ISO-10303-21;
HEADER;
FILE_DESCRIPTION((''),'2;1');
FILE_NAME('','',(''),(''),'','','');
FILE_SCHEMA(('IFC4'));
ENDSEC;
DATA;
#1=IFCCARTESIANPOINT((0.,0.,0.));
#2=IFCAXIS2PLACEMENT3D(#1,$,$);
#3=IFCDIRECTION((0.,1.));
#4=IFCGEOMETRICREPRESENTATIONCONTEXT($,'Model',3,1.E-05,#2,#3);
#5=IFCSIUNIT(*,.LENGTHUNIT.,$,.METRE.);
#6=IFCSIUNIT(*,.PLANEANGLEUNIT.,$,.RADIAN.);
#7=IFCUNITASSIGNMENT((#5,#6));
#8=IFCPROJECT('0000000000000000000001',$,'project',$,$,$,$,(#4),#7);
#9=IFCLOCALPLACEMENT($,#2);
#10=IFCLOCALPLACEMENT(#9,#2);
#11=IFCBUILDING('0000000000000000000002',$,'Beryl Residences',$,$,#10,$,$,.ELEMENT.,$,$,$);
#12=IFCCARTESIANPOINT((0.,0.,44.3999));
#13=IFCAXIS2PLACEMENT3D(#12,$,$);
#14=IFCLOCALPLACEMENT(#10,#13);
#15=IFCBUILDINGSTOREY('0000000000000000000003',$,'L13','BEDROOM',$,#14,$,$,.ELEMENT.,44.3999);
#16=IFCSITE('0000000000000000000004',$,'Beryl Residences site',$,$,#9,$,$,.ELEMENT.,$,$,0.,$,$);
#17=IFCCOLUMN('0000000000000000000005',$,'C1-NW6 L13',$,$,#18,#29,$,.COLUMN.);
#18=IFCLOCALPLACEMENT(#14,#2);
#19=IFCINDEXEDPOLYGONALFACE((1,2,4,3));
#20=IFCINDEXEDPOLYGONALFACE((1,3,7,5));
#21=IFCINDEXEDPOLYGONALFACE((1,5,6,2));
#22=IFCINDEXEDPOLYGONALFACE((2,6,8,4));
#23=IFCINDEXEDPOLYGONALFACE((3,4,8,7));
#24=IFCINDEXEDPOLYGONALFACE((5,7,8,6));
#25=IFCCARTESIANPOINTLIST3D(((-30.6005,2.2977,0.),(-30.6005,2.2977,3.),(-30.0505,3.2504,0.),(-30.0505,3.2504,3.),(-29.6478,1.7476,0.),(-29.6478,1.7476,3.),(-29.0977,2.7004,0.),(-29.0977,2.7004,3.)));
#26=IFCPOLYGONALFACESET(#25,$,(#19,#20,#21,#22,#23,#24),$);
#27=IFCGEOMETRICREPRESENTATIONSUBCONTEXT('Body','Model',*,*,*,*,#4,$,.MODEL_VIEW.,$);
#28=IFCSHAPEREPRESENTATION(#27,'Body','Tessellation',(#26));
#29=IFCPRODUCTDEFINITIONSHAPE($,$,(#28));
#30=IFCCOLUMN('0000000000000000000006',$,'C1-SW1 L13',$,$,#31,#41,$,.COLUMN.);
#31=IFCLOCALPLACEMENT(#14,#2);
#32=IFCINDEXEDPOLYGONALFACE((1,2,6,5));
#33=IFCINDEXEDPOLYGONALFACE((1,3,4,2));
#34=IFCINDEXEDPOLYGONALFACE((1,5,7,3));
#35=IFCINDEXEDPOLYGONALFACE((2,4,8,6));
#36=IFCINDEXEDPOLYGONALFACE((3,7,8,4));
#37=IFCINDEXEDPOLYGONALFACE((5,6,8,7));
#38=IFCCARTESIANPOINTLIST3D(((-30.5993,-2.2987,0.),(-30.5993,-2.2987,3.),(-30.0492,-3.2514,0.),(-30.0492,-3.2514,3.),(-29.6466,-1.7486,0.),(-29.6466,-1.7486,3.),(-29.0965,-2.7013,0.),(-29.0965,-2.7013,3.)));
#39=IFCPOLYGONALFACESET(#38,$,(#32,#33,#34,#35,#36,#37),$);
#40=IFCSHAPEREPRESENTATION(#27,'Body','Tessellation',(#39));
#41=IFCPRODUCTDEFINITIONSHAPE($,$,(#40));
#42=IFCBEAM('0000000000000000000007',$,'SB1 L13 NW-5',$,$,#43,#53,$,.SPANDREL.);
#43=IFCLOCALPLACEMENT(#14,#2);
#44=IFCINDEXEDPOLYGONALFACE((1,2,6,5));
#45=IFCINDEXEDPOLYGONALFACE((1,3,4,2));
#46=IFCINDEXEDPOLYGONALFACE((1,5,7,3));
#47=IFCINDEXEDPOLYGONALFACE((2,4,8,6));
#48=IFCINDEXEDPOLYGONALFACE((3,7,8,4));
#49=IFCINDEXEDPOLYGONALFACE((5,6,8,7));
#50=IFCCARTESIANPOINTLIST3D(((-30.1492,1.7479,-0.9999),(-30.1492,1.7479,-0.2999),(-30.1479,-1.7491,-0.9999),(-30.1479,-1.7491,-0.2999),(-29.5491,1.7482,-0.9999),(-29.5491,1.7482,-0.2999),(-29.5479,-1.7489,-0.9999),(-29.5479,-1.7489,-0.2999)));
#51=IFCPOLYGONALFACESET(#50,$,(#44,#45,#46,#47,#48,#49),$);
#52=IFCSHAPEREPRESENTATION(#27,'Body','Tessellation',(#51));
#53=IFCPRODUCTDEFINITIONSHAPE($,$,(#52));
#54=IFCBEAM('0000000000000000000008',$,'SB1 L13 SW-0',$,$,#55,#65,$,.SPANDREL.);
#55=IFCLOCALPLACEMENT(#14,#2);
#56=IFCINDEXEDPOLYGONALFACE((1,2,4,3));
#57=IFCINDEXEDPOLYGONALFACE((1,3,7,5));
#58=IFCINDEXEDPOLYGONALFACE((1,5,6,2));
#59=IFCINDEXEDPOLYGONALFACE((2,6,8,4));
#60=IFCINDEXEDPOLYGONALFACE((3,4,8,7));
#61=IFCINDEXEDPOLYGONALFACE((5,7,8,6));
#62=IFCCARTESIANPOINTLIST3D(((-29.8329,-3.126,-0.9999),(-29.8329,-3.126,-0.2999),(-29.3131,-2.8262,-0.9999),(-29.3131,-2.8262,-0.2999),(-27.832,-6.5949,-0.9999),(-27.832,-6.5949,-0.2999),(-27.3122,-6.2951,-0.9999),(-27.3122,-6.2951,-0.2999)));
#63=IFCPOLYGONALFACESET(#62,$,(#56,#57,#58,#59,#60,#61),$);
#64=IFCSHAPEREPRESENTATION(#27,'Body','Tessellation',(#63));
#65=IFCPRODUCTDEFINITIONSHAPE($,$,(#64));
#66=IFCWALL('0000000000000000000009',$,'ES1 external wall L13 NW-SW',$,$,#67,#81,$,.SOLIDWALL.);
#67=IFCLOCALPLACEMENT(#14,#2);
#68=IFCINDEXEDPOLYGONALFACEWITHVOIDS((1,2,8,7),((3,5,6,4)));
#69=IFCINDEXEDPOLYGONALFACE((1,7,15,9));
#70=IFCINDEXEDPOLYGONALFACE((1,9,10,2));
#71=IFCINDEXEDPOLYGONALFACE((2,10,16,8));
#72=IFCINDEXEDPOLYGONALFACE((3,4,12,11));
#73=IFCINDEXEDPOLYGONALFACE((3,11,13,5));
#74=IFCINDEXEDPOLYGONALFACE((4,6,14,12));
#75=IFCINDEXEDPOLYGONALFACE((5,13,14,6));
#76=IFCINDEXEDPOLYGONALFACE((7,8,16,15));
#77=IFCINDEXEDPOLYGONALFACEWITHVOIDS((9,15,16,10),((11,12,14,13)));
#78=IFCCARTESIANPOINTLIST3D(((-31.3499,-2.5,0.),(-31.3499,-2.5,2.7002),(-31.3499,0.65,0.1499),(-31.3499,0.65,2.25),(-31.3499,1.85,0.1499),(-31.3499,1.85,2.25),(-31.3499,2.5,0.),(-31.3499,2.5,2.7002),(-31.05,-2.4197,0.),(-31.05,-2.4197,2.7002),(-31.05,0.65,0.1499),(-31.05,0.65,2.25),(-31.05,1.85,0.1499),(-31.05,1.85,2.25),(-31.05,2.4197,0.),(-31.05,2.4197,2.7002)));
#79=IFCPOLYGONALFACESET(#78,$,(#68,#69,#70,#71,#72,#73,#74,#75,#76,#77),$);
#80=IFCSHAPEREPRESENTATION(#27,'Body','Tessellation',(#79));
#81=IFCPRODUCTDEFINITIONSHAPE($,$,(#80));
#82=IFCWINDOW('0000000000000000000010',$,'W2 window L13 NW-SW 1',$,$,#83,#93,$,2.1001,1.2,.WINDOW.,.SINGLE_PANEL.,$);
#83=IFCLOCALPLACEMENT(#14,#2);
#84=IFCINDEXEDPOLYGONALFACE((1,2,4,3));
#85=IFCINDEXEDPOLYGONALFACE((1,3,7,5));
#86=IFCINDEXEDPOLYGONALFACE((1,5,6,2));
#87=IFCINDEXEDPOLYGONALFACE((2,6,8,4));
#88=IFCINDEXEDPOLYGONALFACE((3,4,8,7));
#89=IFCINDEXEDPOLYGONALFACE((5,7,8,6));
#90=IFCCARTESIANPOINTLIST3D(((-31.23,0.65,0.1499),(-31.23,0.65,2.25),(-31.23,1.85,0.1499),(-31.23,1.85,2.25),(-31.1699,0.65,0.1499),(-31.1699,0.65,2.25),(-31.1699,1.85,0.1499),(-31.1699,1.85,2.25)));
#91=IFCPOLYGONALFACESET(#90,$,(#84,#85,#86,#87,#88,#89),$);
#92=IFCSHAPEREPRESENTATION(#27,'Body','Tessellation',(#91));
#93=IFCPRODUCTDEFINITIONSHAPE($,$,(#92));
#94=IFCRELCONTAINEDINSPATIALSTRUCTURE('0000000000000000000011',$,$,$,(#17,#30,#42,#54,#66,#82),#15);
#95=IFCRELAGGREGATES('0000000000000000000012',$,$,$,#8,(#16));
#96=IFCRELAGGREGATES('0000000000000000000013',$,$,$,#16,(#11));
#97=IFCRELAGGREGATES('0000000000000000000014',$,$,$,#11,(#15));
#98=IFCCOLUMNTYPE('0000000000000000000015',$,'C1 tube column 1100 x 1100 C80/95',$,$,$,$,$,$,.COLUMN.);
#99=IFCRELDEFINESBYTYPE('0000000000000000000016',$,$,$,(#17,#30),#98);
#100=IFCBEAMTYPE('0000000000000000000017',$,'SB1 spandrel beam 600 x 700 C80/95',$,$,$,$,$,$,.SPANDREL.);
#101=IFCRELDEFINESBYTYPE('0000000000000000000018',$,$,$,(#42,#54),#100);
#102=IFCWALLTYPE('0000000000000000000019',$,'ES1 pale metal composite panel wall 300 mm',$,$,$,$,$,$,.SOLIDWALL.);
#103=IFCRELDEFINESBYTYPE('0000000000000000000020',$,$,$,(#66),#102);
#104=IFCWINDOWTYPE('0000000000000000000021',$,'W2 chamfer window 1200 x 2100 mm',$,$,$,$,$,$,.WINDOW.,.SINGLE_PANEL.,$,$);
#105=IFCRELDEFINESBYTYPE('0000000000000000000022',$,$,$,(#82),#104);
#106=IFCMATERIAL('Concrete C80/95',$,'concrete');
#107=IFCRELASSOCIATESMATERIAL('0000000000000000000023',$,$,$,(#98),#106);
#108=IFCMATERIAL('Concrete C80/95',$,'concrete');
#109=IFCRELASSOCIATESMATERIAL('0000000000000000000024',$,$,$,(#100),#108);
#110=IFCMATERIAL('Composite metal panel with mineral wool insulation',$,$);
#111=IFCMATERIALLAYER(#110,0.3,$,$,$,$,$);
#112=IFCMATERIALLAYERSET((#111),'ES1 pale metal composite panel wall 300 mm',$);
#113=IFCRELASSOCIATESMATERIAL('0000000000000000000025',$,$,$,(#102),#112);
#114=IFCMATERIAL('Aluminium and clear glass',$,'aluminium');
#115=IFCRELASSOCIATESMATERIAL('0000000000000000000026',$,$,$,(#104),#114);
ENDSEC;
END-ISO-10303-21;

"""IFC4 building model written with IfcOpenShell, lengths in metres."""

from ifc_helpers import new_model, si_unit, direction, frame, frame_2d, origin, origin_2d, place, context, subcontext, project, spatial, polyline, rectangle, outline, extrude, material, layer, layer_set, material_profile, profile_set, type_object, element, fill, save


model = new_model("IFC4")

# Units and contexts
model_context = context("Model", 3, precision=1e-05, world=origin(), true_north=direction((0.0, 1.0)))
body_context = subcontext(model_context, "Body", "Model", "MODEL_VIEW")
ifc_project = project(units=[si_unit("LENGTHUNIT", "METRE"), si_unit("PLANEANGLEUNIT", "RADIAN")], contexts=[model_context])

# Site, building, storey
site_placement = place(None, origin())
site = spatial("IfcSite", under=ifc_project, at=site_placement, Name="Beryl Residences site", CompositionType="ELEMENT", RefElevation=0.0)
building_placement = place(site_placement, origin())
building = spatial("IfcBuilding", under=site, at=building_placement, Name="Beryl Residences", CompositionType="ELEMENT")
storey_placement = place(building_placement, frame((0.0, 0.0, 44.3999)))
storey = spatial("IfcBuildingStorey", under=building, at=storey_placement, Name="L13", Description="BEDROOM", CompositionType="ELEMENT", Elevation=44.3999)

# Columns
ifc_material_1 = material(Name="Concrete C80/95", Category="concrete")
ifc_material_profile_1 = material_profile(ifc_material_1, rectangle(XDim=1.1001, YDim=1.1001, at=origin_2d()))
ifc_profile_set_1 = profile_set([ifc_material_profile_1], Name="Concrete C80/95")
column_type = type_object("IfcColumnType", Name="C1 tube column 1100 x 1100 C80/95", PredefinedType="COLUMN", material=ifc_profile_set_1)
for number, where, z_axis, x_axis, name in (
    (1, (-29.8491, 2.499, 0.0), (0.0, 0.0, 1.0), (-0.499985, -0.866034, 0.0), "C1-NW6 L13"),
    (2, (-29.8479, -2.5, 0.0), (0.0, 0.0, 1.0), (0.499985, -0.866034, 0.0), "C1-SW1 L13"),
):
    element("IfcColumn", number, at=place(storey_placement, frame(where, z_axis=z_axis, x_axis=x_axis)), inside=storey, type_object=column_type, Name=name, PredefinedType="COLUMN", context=body_context, shape_type="SweptSolid", body=[
        extrude(rectangle(XDim=1.1001, YDim=1.1001, at=origin_2d()), origin(), (0.0, 0.0, 1.0), 3.0),
    ])

# Beams
ifc_material_2 = material(Name="Concrete C80/95", Category="concrete")
ifc_material_profile_2 = material_profile(ifc_material_2, rectangle(XDim=0.6001, YDim=0.7, at=origin_2d()))
ifc_profile_set_2 = profile_set([ifc_material_profile_2], Name="Concrete C80/95")
beam_type = type_object("IfcBeamType", Name="SB1 spandrel beam 600 x 700 C80/95", PredefinedType="SPANDREL", material=ifc_profile_set_2)
beam_1_placement = place(storey_placement, frame((-29.8491, 1.748, -0.6499), z_axis=(0.000349, -1.0, 0.0), x_axis=(1.0, 0.000349, 0.0)))
element("IfcBeam", 3, at=beam_1_placement, inside=storey, type_object=beam_type, Name="SB1 L13 NW-5", PredefinedType="SPANDREL", context=body_context, shape_type="SweptSolid", body=[
    extrude(rectangle(XDim=0.6001, YDim=0.7, at=origin_2d()), origin(), (0.0, 0.0, 1.0), 3.4971),
])
beam_2_placement = place(storey_placement, frame((-29.573, -2.9761, -0.6499), z_axis=(0.499654, -0.866225, 0.0), x_axis=(0.866225, 0.499654, 0.0)))
element("IfcBeam", 4, at=beam_2_placement, inside=storey, type_object=beam_type, Name="SB1 L13 SW-0", PredefinedType="SPANDREL", context=body_context, shape_type="SweptSolid", body=[
    extrude(rectangle(XDim=0.6001, YDim=0.7, at=origin_2d()), origin(), (0.0, 0.0, 1.0), 4.0046),
])

# Wall, opening, window
ifc_material_3 = material(Name="Composite metal panel with mineral wool insulation")
ifc_layer_1 = layer(ifc_material_3, 0.3)
ifc_layer_set_1 = layer_set([ifc_layer_1], Name="ES1 pale metal composite panel wall 300 mm")
wall_type_1 = type_object("IfcWallType", Name="ES1 pale metal composite panel wall 300 mm", PredefinedType="SOLIDWALL", material=ifc_layer_set_1)
wall_1_placement = place(storey_placement, frame((-31.2, 2.5, 0.0), z_axis=(0.0, 0.0, 1.0), x_axis=(0.0, -1.0, 0.0)))
wall_1 = element("IfcWall", 5, at=wall_1_placement, inside=storey, type_object=wall_type_1, Name="ES1 external wall L13 NW-SW", PredefinedType="SOLIDWALL", context=body_context, shape_type="SweptSolid", body=[
    extrude(outline(polyline([(0.0, -0.1499), (5.0, -0.1499), (4.9197, 0.1499), (0.0803, 0.1499), (0.0, -0.1499)])), origin(), (0.0, 0.0, 1.0), 2.7002),
])
opening_1_placement = place(wall_1_placement, frame((0.6499, 0.0, 0.1499)))
opening_1 = element("IfcOpeningElement", 6, at=opening_1_placement, cuts=wall_1, PredefinedType="OPENING", context=body_context, shape_type="SweptSolid", body=[
    extrude(rectangle(XDim=1.2, YDim=2.1001, at=frame_2d((0.6001, 1.05))), frame((0.0, 0.1599, 0.0), z_axis=(0.0, -1.0, 0.0), x_axis=(1.0, 0.0, 0.0)), (0.0, 0.0, 1.0), 0.3201),
])
ifc_material_4 = material(Name="Aluminium and clear glass", Category="aluminium")
window_type_1 = type_object("IfcWindowType", Name="W2 chamfer window 1200 x 2100 mm", PartitioningType="SINGLE_PANEL", PredefinedType="WINDOW", material=ifc_material_4)
window_1_placement = place(opening_1_placement, origin())
window_1 = element("IfcWindow", 7, at=window_1_placement, inside=storey, type_object=window_type_1, Name="W2 window L13 NW-SW 1", OverallHeight=2.1001, OverallWidth=1.2, PartitioningType="SINGLE_PANEL", PredefinedType="WINDOW", context=body_context, shape_type="SweptSolid", body=[
    extrude(rectangle(XDim=1.2, YDim=2.1001, at=frame_2d((0.6001, 1.05))), frame((0.0, 0.03, 0.0), z_axis=(0.0, -1.0, 0.0), x_axis=(1.0, 0.0, 0.0)), (0.0, 0.0, 1.0), 0.0601),
])
fill(opening_1, window_1)

save(model, "model.ifc")
